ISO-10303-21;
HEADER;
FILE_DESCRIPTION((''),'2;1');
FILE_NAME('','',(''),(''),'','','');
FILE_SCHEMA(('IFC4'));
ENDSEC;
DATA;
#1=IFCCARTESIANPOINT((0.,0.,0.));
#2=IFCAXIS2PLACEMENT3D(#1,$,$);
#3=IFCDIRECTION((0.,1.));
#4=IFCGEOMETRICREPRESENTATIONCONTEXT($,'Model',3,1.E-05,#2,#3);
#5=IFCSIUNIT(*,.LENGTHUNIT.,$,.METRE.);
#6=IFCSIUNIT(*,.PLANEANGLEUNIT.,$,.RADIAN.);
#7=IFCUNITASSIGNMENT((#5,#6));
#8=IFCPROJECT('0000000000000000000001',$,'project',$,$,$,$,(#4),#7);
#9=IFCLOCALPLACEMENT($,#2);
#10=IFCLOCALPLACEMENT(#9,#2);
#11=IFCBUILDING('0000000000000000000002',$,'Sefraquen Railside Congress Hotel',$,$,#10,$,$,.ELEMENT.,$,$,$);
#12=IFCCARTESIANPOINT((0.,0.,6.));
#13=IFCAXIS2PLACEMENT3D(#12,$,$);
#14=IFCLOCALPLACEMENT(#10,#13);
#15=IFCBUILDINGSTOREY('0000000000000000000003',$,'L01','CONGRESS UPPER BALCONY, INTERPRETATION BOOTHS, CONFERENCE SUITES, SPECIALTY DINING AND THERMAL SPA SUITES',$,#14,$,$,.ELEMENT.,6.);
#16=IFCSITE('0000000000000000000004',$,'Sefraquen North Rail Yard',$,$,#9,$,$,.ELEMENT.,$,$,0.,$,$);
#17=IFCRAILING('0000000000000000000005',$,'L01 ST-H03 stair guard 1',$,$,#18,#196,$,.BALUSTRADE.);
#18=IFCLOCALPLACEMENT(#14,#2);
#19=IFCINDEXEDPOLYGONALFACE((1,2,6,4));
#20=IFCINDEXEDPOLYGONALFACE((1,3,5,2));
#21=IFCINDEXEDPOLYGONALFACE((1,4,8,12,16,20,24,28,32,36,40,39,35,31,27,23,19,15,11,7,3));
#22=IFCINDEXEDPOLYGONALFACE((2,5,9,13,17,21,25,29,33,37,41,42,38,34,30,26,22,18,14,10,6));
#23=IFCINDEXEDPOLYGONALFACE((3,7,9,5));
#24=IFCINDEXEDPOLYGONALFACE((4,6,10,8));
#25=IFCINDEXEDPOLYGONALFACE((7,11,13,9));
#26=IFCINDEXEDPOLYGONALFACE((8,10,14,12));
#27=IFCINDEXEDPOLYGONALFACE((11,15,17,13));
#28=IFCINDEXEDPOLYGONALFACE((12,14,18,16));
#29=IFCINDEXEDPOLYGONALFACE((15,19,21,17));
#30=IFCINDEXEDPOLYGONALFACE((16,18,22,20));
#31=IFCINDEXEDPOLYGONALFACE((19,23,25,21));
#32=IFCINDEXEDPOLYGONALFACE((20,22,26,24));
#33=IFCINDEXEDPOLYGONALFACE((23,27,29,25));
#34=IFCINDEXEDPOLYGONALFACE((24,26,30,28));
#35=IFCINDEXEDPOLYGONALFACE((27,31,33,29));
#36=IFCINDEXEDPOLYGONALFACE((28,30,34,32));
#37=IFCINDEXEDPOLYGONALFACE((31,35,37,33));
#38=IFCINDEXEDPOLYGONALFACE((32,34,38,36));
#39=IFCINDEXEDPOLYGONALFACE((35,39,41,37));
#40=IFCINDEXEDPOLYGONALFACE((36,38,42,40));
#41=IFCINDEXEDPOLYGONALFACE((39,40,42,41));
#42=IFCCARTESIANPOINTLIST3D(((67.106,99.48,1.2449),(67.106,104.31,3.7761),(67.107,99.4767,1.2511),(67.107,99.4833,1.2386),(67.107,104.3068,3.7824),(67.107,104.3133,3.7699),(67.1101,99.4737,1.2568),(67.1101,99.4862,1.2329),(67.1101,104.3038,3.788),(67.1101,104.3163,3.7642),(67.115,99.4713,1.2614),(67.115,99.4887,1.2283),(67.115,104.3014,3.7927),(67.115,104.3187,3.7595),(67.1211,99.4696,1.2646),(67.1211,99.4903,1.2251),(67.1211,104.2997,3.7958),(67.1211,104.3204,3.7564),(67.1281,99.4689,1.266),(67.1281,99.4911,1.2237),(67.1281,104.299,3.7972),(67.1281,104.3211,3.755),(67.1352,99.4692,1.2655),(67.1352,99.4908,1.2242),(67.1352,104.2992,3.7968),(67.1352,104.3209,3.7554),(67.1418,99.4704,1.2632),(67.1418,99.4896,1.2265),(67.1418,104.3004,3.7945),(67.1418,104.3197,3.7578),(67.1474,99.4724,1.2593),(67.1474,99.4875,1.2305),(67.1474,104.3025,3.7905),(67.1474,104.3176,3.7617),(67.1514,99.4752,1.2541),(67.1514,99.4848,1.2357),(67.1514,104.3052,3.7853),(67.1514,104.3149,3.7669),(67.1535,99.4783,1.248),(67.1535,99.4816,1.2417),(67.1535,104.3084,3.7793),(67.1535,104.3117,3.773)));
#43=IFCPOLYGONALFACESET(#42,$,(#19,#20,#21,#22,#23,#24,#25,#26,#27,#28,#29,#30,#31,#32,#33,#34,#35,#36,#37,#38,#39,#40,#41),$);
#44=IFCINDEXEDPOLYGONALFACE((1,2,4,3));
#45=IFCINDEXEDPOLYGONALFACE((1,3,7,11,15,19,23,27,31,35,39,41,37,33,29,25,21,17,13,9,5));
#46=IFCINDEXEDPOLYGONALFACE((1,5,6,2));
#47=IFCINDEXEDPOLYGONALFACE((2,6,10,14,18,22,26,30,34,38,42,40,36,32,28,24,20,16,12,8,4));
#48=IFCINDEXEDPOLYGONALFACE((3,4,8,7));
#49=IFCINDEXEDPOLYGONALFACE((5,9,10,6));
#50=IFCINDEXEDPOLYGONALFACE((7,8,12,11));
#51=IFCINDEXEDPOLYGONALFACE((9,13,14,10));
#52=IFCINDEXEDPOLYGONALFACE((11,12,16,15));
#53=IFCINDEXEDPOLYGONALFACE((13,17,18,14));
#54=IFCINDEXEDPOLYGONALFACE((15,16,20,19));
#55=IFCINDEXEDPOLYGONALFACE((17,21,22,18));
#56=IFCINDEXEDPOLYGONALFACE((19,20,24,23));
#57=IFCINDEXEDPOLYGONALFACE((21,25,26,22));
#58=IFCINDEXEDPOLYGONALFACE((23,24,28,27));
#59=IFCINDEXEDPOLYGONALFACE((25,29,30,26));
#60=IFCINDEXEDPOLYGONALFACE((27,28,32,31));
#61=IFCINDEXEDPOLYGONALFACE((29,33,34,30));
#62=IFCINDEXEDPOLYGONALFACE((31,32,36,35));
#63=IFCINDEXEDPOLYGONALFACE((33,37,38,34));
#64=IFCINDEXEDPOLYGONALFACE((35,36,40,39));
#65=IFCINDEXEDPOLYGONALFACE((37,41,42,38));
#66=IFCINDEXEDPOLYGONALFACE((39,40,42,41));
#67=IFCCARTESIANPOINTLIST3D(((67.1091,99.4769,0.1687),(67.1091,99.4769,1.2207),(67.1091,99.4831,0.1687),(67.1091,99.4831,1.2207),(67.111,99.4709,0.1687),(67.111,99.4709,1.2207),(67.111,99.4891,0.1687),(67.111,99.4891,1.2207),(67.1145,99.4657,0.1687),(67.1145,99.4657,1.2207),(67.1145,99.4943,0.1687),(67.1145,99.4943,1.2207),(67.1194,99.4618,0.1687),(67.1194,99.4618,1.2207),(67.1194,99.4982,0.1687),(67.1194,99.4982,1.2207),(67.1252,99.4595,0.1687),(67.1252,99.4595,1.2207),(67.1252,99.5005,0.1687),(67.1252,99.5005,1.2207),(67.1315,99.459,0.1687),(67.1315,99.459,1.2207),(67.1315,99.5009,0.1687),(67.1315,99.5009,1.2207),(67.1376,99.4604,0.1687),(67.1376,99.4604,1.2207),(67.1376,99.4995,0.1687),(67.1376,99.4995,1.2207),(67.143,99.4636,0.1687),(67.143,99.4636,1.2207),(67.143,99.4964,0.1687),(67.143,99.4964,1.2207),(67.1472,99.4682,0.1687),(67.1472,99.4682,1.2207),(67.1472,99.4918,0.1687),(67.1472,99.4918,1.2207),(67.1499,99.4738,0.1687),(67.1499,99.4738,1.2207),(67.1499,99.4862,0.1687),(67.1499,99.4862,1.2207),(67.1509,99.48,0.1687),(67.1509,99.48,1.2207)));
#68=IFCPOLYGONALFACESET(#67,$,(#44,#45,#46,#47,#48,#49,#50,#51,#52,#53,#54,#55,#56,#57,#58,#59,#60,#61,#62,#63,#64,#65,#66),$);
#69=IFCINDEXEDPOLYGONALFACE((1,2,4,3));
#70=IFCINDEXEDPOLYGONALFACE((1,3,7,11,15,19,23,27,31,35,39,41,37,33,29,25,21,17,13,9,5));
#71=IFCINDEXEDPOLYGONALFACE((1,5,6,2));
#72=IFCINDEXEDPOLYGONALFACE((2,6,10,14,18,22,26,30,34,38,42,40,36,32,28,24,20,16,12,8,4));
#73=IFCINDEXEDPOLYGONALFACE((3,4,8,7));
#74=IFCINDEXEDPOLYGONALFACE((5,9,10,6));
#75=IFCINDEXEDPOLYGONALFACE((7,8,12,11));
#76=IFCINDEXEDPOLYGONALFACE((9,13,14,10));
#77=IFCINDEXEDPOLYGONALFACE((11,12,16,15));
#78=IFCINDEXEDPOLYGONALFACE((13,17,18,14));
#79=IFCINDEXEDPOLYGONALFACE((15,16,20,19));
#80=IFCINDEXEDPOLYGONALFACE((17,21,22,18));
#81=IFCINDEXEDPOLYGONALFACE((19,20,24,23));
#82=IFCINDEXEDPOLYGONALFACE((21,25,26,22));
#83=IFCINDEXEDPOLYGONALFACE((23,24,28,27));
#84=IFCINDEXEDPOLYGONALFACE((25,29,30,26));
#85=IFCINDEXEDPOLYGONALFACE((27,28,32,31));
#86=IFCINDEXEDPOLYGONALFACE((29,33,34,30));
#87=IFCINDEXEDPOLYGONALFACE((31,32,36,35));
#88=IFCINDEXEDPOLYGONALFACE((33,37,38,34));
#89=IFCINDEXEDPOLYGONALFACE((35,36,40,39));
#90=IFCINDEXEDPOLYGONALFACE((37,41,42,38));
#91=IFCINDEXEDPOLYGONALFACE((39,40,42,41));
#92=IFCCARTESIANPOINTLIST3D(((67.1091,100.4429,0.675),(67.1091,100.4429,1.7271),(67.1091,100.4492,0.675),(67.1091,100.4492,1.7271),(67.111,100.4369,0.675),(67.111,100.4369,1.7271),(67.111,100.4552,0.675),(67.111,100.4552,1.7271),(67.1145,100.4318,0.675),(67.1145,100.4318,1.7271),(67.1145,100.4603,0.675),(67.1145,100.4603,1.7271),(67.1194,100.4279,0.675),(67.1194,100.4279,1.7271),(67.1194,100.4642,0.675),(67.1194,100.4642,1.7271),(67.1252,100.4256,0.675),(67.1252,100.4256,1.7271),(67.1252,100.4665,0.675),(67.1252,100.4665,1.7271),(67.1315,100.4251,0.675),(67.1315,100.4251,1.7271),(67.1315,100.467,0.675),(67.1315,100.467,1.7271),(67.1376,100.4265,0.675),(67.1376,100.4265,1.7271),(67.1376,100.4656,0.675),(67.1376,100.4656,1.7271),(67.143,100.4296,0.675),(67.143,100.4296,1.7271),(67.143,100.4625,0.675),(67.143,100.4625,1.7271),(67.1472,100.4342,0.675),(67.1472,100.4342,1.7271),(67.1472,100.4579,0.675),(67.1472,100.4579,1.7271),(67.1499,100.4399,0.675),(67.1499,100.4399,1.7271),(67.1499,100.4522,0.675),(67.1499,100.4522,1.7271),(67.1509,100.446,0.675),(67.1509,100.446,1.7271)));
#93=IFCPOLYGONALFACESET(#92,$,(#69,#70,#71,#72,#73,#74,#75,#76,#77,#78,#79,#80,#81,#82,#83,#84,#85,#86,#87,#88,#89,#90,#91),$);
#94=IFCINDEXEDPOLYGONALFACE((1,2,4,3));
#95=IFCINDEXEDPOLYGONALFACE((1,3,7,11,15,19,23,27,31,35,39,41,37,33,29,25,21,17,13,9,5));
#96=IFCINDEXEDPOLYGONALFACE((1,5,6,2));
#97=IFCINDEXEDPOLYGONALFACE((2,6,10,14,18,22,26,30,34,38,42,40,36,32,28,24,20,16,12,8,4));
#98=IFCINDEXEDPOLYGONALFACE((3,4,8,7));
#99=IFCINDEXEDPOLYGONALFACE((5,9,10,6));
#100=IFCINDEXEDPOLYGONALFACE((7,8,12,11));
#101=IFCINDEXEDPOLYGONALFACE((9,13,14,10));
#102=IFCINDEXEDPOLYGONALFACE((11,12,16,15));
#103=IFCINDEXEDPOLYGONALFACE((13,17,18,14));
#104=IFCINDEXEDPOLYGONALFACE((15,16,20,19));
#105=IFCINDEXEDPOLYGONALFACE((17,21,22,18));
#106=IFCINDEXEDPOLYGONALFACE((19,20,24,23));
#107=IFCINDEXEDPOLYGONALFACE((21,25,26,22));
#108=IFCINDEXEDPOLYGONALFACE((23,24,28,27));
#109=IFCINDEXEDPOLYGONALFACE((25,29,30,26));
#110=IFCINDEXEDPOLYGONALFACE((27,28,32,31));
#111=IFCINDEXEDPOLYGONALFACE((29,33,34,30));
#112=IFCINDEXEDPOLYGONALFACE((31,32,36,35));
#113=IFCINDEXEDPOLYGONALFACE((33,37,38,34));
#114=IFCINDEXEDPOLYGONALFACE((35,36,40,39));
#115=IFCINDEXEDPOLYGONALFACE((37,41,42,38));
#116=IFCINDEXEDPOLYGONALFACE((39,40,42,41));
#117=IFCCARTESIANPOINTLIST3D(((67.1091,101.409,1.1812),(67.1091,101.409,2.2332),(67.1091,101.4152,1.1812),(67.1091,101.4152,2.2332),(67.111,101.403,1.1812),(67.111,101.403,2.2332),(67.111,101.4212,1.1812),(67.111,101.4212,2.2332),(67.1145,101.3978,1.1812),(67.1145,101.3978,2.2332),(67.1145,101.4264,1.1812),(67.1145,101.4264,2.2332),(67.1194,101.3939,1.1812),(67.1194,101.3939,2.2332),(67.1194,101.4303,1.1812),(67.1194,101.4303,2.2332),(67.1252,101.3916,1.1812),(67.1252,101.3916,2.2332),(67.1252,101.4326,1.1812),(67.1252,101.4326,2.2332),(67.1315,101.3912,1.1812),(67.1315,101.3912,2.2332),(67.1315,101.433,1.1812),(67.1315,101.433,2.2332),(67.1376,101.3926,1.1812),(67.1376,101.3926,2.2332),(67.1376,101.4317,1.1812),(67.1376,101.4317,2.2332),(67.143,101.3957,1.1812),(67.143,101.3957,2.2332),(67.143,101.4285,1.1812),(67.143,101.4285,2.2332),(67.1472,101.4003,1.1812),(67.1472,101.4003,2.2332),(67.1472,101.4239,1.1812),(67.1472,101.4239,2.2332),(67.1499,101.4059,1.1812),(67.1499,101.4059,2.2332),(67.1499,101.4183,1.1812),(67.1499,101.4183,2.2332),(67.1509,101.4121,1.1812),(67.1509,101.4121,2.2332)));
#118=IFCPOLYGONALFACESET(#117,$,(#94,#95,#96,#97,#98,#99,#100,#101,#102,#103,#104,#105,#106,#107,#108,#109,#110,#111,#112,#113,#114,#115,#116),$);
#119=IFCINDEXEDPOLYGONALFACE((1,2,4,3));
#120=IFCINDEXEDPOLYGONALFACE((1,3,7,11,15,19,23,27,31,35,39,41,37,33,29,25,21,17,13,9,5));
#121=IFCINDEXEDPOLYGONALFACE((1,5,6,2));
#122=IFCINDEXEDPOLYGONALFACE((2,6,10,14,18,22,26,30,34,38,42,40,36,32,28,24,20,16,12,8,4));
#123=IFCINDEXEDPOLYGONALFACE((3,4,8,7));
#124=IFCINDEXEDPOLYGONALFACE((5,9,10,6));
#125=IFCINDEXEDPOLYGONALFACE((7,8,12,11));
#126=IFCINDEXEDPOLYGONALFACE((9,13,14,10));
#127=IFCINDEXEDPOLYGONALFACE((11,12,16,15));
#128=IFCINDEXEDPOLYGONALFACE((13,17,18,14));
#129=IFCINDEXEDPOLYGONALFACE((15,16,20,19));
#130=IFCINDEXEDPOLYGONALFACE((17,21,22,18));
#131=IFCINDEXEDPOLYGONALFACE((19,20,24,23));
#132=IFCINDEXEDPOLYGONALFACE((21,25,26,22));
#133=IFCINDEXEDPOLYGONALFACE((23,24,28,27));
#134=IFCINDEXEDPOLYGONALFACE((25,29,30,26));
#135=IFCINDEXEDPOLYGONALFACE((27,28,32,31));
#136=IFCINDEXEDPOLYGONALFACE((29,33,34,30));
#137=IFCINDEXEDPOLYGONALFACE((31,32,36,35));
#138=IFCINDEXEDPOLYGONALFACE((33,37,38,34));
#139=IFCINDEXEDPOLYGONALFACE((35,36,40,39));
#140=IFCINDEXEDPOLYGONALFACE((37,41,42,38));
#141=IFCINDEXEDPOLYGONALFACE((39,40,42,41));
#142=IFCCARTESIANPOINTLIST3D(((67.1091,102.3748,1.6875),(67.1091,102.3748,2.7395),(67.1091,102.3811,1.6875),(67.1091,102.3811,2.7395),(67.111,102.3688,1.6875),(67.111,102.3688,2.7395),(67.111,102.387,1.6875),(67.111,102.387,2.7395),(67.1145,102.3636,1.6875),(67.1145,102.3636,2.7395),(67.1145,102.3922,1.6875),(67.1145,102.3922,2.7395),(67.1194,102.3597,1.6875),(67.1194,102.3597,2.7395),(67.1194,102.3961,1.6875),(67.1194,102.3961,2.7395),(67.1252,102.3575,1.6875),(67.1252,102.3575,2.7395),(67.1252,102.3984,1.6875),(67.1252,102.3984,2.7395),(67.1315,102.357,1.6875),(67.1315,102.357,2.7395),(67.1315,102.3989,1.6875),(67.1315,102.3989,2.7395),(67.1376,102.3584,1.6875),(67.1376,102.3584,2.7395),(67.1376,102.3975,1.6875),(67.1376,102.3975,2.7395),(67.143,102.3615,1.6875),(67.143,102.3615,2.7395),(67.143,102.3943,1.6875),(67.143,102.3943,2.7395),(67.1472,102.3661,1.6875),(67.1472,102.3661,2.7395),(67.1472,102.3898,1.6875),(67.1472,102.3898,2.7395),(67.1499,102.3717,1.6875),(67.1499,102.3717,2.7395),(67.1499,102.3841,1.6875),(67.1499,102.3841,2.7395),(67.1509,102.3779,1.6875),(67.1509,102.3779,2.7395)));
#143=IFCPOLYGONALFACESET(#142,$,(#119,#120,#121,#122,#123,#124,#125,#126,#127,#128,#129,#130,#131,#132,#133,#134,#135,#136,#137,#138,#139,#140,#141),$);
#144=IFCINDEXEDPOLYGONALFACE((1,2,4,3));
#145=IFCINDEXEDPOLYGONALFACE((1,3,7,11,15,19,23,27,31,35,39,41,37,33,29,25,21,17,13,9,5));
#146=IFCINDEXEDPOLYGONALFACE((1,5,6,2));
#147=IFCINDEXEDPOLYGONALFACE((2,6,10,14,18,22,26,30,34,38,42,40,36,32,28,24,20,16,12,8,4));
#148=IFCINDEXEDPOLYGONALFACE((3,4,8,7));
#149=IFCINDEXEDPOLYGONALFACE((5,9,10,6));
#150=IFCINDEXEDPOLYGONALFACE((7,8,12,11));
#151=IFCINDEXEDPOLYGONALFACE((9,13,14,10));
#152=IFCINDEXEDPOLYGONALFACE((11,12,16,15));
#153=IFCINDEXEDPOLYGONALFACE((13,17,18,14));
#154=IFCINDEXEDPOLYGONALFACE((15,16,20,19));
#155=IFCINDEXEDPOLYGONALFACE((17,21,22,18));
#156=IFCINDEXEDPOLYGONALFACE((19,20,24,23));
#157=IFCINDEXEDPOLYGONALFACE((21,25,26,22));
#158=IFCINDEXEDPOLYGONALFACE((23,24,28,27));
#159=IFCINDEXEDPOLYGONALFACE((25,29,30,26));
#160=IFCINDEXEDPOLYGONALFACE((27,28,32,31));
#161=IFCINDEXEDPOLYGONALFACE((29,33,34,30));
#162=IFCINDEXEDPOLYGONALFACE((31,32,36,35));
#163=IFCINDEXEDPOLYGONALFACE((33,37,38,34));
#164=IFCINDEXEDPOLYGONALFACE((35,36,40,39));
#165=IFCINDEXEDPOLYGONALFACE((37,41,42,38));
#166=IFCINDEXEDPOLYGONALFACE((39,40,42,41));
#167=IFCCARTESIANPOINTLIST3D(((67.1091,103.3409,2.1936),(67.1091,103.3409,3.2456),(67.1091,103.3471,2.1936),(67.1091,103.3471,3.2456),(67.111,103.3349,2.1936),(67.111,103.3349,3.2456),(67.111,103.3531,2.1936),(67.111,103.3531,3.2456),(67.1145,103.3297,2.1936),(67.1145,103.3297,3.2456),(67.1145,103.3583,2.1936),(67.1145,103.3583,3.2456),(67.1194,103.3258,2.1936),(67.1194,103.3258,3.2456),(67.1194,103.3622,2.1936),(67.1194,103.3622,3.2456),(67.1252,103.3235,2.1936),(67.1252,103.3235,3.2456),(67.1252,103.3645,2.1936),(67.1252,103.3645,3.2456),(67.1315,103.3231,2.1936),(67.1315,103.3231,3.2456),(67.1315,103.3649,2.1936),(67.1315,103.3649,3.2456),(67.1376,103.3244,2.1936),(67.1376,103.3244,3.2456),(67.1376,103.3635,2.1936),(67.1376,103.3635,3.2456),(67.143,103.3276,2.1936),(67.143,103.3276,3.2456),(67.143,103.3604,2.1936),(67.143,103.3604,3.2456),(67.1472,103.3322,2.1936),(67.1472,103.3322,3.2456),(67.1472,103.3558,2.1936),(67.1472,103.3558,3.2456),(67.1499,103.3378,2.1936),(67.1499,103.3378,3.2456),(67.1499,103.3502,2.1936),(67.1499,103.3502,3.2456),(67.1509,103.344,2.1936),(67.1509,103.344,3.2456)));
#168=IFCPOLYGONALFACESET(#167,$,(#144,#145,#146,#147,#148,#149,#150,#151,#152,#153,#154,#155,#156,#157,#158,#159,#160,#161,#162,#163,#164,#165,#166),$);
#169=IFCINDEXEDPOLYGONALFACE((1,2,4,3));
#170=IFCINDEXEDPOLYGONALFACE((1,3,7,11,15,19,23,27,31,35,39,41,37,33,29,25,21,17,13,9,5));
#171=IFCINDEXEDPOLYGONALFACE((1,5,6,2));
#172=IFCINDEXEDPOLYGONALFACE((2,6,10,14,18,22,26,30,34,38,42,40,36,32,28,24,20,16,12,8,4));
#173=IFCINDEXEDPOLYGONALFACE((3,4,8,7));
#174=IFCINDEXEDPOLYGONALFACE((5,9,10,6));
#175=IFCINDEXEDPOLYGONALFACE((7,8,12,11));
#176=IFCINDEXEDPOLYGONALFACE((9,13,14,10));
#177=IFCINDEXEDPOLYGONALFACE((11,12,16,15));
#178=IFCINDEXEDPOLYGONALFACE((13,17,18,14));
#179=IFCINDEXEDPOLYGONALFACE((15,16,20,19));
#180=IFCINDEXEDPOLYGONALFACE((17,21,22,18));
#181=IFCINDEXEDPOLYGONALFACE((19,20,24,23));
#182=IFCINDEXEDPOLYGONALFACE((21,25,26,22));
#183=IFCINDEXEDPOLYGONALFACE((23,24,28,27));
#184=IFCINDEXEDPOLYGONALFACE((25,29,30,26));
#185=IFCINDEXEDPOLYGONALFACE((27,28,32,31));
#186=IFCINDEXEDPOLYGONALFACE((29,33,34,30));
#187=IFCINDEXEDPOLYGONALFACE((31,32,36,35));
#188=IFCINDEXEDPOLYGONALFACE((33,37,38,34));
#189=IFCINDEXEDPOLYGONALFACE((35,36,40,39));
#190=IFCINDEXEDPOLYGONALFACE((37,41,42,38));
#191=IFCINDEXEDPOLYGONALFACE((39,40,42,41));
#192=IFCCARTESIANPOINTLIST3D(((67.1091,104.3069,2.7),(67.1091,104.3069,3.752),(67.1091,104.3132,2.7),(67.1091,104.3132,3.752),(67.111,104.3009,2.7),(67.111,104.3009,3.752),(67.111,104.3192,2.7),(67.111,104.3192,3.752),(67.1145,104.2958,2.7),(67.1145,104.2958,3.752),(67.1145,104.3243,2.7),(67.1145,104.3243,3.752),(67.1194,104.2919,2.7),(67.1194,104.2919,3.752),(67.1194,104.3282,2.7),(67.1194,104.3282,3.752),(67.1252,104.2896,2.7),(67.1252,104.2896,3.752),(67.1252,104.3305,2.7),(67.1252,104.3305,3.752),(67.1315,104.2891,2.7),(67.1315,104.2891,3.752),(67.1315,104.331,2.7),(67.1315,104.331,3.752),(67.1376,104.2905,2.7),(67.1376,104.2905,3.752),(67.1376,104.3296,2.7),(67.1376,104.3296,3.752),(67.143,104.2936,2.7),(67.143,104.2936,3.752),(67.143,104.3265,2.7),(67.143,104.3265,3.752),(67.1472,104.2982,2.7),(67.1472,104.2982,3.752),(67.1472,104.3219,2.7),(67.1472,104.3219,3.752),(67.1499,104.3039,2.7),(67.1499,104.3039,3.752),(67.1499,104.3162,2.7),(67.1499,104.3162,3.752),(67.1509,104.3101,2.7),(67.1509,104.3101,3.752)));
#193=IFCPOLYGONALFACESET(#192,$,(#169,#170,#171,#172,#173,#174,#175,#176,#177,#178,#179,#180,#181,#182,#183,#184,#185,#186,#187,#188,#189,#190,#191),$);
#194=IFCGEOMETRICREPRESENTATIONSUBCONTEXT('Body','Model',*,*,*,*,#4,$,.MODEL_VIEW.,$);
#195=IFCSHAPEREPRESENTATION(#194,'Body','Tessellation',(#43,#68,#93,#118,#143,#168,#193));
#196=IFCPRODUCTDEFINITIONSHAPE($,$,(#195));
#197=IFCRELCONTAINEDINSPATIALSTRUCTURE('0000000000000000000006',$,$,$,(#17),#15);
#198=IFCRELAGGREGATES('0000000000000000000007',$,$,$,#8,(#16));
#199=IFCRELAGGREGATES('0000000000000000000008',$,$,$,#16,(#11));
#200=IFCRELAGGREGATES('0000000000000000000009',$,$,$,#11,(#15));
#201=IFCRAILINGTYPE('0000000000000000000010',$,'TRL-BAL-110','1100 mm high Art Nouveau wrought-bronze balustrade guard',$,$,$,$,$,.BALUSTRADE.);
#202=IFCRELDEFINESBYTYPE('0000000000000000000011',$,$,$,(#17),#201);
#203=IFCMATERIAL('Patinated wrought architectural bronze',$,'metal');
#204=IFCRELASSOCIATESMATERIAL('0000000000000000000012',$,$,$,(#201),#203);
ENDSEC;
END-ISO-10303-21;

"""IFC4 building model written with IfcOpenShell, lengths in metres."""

from ifc_helpers import new_model, si_unit, direction, frame, origin, origin_2d, place, context, subcontext, project, spatial, circle, extrude, material, type_object, element, save


model = new_model("IFC4")

# Units and contexts
model_context = context("Model", 3, precision=1e-05, world=origin(), true_north=direction((0.0, 1.0)))
body_context = subcontext(model_context, "Body", "Model", "MODEL_VIEW")
ifc_project = project(units=[si_unit("LENGTHUNIT", "METRE"), si_unit("PLANEANGLEUNIT", "RADIAN")], contexts=[model_context])

# Site, building, storey
site_placement = place(None, origin())
site = spatial("IfcSite", under=ifc_project, at=site_placement, Name="Sefraquen North Rail Yard", CompositionType="ELEMENT", RefElevation=0.0)
building_placement = place(site_placement, origin())
building = spatial("IfcBuilding", under=site, at=building_placement, Name="Sefraquen Railside Congress Hotel", CompositionType="ELEMENT")
storey_placement = place(building_placement, frame((0.0, 0.0, 6.0)))
storey = spatial("IfcBuildingStorey", under=building, at=storey_placement, Name="L01", Description="CONGRESS UPPER BALCONY, INTERPRETATION BOOTHS, CONFERENCE SUITES, SPECIALTY DINING AND THERMAL SPA SUITES", CompositionType="ELEMENT", Elevation=6.0)

# Railing
ifc_material_1 = material(Name="Patinated wrought architectural bronze", Category="metal")
railing_type_1 = type_object("IfcRailingType", Name="TRL-BAL-110", Description="1100 mm high Art Nouveau wrought-bronze balustrade guard", PredefinedType="BALUSTRADE", material=ifc_material_1)
railing_1_placement = place(storey_placement, frame((67.1299, 99.48, 0.1687)))
element("IfcRailing", 1, at=railing_1_placement, inside=storey, type_object=railing_type_1, Name="L01 ST-H03 stair guard 1", PredefinedType="BALUSTRADE", context=body_context, shape_type="SweptSolid", body=[
    extrude(circle(Radius=0.0239, at=origin_2d()), frame((0.0, 0.0, 1.0762), z_axis=(0.0, 0.88574, 0.464181), x_axis=(-1.0, 0.0, 0.0)), (0.0, 0.0, 1.0), 5.4531),
    extrude(circle(Radius=0.021, at=origin_2d()), origin(), (0.0, 0.0, 1.0), 1.052),
    extrude(circle(Radius=0.021, at=origin_2d()), frame((0.0, 0.9661, 0.5063)), (0.0, 0.0, 1.0), 1.052),
    extrude(circle(Radius=0.021, at=origin_2d()), frame((0.0, 1.9321, 1.0125)), (0.0, 0.0, 1.0), 1.052),
    extrude(circle(Radius=0.021, at=origin_2d()), frame((0.0, 2.8979, 1.5188)), (0.0, 0.0, 1.0), 1.052),
    extrude(circle(Radius=0.021, at=origin_2d()), frame((0.0, 3.864, 2.0249)), (0.0, 0.0, 1.0), 1.052),
    extrude(circle(Radius=0.021, at=origin_2d()), frame((0.0, 4.8301, 2.5312)), (0.0, 0.0, 1.0), 1.052),
])

save(model, "model.ifc")
